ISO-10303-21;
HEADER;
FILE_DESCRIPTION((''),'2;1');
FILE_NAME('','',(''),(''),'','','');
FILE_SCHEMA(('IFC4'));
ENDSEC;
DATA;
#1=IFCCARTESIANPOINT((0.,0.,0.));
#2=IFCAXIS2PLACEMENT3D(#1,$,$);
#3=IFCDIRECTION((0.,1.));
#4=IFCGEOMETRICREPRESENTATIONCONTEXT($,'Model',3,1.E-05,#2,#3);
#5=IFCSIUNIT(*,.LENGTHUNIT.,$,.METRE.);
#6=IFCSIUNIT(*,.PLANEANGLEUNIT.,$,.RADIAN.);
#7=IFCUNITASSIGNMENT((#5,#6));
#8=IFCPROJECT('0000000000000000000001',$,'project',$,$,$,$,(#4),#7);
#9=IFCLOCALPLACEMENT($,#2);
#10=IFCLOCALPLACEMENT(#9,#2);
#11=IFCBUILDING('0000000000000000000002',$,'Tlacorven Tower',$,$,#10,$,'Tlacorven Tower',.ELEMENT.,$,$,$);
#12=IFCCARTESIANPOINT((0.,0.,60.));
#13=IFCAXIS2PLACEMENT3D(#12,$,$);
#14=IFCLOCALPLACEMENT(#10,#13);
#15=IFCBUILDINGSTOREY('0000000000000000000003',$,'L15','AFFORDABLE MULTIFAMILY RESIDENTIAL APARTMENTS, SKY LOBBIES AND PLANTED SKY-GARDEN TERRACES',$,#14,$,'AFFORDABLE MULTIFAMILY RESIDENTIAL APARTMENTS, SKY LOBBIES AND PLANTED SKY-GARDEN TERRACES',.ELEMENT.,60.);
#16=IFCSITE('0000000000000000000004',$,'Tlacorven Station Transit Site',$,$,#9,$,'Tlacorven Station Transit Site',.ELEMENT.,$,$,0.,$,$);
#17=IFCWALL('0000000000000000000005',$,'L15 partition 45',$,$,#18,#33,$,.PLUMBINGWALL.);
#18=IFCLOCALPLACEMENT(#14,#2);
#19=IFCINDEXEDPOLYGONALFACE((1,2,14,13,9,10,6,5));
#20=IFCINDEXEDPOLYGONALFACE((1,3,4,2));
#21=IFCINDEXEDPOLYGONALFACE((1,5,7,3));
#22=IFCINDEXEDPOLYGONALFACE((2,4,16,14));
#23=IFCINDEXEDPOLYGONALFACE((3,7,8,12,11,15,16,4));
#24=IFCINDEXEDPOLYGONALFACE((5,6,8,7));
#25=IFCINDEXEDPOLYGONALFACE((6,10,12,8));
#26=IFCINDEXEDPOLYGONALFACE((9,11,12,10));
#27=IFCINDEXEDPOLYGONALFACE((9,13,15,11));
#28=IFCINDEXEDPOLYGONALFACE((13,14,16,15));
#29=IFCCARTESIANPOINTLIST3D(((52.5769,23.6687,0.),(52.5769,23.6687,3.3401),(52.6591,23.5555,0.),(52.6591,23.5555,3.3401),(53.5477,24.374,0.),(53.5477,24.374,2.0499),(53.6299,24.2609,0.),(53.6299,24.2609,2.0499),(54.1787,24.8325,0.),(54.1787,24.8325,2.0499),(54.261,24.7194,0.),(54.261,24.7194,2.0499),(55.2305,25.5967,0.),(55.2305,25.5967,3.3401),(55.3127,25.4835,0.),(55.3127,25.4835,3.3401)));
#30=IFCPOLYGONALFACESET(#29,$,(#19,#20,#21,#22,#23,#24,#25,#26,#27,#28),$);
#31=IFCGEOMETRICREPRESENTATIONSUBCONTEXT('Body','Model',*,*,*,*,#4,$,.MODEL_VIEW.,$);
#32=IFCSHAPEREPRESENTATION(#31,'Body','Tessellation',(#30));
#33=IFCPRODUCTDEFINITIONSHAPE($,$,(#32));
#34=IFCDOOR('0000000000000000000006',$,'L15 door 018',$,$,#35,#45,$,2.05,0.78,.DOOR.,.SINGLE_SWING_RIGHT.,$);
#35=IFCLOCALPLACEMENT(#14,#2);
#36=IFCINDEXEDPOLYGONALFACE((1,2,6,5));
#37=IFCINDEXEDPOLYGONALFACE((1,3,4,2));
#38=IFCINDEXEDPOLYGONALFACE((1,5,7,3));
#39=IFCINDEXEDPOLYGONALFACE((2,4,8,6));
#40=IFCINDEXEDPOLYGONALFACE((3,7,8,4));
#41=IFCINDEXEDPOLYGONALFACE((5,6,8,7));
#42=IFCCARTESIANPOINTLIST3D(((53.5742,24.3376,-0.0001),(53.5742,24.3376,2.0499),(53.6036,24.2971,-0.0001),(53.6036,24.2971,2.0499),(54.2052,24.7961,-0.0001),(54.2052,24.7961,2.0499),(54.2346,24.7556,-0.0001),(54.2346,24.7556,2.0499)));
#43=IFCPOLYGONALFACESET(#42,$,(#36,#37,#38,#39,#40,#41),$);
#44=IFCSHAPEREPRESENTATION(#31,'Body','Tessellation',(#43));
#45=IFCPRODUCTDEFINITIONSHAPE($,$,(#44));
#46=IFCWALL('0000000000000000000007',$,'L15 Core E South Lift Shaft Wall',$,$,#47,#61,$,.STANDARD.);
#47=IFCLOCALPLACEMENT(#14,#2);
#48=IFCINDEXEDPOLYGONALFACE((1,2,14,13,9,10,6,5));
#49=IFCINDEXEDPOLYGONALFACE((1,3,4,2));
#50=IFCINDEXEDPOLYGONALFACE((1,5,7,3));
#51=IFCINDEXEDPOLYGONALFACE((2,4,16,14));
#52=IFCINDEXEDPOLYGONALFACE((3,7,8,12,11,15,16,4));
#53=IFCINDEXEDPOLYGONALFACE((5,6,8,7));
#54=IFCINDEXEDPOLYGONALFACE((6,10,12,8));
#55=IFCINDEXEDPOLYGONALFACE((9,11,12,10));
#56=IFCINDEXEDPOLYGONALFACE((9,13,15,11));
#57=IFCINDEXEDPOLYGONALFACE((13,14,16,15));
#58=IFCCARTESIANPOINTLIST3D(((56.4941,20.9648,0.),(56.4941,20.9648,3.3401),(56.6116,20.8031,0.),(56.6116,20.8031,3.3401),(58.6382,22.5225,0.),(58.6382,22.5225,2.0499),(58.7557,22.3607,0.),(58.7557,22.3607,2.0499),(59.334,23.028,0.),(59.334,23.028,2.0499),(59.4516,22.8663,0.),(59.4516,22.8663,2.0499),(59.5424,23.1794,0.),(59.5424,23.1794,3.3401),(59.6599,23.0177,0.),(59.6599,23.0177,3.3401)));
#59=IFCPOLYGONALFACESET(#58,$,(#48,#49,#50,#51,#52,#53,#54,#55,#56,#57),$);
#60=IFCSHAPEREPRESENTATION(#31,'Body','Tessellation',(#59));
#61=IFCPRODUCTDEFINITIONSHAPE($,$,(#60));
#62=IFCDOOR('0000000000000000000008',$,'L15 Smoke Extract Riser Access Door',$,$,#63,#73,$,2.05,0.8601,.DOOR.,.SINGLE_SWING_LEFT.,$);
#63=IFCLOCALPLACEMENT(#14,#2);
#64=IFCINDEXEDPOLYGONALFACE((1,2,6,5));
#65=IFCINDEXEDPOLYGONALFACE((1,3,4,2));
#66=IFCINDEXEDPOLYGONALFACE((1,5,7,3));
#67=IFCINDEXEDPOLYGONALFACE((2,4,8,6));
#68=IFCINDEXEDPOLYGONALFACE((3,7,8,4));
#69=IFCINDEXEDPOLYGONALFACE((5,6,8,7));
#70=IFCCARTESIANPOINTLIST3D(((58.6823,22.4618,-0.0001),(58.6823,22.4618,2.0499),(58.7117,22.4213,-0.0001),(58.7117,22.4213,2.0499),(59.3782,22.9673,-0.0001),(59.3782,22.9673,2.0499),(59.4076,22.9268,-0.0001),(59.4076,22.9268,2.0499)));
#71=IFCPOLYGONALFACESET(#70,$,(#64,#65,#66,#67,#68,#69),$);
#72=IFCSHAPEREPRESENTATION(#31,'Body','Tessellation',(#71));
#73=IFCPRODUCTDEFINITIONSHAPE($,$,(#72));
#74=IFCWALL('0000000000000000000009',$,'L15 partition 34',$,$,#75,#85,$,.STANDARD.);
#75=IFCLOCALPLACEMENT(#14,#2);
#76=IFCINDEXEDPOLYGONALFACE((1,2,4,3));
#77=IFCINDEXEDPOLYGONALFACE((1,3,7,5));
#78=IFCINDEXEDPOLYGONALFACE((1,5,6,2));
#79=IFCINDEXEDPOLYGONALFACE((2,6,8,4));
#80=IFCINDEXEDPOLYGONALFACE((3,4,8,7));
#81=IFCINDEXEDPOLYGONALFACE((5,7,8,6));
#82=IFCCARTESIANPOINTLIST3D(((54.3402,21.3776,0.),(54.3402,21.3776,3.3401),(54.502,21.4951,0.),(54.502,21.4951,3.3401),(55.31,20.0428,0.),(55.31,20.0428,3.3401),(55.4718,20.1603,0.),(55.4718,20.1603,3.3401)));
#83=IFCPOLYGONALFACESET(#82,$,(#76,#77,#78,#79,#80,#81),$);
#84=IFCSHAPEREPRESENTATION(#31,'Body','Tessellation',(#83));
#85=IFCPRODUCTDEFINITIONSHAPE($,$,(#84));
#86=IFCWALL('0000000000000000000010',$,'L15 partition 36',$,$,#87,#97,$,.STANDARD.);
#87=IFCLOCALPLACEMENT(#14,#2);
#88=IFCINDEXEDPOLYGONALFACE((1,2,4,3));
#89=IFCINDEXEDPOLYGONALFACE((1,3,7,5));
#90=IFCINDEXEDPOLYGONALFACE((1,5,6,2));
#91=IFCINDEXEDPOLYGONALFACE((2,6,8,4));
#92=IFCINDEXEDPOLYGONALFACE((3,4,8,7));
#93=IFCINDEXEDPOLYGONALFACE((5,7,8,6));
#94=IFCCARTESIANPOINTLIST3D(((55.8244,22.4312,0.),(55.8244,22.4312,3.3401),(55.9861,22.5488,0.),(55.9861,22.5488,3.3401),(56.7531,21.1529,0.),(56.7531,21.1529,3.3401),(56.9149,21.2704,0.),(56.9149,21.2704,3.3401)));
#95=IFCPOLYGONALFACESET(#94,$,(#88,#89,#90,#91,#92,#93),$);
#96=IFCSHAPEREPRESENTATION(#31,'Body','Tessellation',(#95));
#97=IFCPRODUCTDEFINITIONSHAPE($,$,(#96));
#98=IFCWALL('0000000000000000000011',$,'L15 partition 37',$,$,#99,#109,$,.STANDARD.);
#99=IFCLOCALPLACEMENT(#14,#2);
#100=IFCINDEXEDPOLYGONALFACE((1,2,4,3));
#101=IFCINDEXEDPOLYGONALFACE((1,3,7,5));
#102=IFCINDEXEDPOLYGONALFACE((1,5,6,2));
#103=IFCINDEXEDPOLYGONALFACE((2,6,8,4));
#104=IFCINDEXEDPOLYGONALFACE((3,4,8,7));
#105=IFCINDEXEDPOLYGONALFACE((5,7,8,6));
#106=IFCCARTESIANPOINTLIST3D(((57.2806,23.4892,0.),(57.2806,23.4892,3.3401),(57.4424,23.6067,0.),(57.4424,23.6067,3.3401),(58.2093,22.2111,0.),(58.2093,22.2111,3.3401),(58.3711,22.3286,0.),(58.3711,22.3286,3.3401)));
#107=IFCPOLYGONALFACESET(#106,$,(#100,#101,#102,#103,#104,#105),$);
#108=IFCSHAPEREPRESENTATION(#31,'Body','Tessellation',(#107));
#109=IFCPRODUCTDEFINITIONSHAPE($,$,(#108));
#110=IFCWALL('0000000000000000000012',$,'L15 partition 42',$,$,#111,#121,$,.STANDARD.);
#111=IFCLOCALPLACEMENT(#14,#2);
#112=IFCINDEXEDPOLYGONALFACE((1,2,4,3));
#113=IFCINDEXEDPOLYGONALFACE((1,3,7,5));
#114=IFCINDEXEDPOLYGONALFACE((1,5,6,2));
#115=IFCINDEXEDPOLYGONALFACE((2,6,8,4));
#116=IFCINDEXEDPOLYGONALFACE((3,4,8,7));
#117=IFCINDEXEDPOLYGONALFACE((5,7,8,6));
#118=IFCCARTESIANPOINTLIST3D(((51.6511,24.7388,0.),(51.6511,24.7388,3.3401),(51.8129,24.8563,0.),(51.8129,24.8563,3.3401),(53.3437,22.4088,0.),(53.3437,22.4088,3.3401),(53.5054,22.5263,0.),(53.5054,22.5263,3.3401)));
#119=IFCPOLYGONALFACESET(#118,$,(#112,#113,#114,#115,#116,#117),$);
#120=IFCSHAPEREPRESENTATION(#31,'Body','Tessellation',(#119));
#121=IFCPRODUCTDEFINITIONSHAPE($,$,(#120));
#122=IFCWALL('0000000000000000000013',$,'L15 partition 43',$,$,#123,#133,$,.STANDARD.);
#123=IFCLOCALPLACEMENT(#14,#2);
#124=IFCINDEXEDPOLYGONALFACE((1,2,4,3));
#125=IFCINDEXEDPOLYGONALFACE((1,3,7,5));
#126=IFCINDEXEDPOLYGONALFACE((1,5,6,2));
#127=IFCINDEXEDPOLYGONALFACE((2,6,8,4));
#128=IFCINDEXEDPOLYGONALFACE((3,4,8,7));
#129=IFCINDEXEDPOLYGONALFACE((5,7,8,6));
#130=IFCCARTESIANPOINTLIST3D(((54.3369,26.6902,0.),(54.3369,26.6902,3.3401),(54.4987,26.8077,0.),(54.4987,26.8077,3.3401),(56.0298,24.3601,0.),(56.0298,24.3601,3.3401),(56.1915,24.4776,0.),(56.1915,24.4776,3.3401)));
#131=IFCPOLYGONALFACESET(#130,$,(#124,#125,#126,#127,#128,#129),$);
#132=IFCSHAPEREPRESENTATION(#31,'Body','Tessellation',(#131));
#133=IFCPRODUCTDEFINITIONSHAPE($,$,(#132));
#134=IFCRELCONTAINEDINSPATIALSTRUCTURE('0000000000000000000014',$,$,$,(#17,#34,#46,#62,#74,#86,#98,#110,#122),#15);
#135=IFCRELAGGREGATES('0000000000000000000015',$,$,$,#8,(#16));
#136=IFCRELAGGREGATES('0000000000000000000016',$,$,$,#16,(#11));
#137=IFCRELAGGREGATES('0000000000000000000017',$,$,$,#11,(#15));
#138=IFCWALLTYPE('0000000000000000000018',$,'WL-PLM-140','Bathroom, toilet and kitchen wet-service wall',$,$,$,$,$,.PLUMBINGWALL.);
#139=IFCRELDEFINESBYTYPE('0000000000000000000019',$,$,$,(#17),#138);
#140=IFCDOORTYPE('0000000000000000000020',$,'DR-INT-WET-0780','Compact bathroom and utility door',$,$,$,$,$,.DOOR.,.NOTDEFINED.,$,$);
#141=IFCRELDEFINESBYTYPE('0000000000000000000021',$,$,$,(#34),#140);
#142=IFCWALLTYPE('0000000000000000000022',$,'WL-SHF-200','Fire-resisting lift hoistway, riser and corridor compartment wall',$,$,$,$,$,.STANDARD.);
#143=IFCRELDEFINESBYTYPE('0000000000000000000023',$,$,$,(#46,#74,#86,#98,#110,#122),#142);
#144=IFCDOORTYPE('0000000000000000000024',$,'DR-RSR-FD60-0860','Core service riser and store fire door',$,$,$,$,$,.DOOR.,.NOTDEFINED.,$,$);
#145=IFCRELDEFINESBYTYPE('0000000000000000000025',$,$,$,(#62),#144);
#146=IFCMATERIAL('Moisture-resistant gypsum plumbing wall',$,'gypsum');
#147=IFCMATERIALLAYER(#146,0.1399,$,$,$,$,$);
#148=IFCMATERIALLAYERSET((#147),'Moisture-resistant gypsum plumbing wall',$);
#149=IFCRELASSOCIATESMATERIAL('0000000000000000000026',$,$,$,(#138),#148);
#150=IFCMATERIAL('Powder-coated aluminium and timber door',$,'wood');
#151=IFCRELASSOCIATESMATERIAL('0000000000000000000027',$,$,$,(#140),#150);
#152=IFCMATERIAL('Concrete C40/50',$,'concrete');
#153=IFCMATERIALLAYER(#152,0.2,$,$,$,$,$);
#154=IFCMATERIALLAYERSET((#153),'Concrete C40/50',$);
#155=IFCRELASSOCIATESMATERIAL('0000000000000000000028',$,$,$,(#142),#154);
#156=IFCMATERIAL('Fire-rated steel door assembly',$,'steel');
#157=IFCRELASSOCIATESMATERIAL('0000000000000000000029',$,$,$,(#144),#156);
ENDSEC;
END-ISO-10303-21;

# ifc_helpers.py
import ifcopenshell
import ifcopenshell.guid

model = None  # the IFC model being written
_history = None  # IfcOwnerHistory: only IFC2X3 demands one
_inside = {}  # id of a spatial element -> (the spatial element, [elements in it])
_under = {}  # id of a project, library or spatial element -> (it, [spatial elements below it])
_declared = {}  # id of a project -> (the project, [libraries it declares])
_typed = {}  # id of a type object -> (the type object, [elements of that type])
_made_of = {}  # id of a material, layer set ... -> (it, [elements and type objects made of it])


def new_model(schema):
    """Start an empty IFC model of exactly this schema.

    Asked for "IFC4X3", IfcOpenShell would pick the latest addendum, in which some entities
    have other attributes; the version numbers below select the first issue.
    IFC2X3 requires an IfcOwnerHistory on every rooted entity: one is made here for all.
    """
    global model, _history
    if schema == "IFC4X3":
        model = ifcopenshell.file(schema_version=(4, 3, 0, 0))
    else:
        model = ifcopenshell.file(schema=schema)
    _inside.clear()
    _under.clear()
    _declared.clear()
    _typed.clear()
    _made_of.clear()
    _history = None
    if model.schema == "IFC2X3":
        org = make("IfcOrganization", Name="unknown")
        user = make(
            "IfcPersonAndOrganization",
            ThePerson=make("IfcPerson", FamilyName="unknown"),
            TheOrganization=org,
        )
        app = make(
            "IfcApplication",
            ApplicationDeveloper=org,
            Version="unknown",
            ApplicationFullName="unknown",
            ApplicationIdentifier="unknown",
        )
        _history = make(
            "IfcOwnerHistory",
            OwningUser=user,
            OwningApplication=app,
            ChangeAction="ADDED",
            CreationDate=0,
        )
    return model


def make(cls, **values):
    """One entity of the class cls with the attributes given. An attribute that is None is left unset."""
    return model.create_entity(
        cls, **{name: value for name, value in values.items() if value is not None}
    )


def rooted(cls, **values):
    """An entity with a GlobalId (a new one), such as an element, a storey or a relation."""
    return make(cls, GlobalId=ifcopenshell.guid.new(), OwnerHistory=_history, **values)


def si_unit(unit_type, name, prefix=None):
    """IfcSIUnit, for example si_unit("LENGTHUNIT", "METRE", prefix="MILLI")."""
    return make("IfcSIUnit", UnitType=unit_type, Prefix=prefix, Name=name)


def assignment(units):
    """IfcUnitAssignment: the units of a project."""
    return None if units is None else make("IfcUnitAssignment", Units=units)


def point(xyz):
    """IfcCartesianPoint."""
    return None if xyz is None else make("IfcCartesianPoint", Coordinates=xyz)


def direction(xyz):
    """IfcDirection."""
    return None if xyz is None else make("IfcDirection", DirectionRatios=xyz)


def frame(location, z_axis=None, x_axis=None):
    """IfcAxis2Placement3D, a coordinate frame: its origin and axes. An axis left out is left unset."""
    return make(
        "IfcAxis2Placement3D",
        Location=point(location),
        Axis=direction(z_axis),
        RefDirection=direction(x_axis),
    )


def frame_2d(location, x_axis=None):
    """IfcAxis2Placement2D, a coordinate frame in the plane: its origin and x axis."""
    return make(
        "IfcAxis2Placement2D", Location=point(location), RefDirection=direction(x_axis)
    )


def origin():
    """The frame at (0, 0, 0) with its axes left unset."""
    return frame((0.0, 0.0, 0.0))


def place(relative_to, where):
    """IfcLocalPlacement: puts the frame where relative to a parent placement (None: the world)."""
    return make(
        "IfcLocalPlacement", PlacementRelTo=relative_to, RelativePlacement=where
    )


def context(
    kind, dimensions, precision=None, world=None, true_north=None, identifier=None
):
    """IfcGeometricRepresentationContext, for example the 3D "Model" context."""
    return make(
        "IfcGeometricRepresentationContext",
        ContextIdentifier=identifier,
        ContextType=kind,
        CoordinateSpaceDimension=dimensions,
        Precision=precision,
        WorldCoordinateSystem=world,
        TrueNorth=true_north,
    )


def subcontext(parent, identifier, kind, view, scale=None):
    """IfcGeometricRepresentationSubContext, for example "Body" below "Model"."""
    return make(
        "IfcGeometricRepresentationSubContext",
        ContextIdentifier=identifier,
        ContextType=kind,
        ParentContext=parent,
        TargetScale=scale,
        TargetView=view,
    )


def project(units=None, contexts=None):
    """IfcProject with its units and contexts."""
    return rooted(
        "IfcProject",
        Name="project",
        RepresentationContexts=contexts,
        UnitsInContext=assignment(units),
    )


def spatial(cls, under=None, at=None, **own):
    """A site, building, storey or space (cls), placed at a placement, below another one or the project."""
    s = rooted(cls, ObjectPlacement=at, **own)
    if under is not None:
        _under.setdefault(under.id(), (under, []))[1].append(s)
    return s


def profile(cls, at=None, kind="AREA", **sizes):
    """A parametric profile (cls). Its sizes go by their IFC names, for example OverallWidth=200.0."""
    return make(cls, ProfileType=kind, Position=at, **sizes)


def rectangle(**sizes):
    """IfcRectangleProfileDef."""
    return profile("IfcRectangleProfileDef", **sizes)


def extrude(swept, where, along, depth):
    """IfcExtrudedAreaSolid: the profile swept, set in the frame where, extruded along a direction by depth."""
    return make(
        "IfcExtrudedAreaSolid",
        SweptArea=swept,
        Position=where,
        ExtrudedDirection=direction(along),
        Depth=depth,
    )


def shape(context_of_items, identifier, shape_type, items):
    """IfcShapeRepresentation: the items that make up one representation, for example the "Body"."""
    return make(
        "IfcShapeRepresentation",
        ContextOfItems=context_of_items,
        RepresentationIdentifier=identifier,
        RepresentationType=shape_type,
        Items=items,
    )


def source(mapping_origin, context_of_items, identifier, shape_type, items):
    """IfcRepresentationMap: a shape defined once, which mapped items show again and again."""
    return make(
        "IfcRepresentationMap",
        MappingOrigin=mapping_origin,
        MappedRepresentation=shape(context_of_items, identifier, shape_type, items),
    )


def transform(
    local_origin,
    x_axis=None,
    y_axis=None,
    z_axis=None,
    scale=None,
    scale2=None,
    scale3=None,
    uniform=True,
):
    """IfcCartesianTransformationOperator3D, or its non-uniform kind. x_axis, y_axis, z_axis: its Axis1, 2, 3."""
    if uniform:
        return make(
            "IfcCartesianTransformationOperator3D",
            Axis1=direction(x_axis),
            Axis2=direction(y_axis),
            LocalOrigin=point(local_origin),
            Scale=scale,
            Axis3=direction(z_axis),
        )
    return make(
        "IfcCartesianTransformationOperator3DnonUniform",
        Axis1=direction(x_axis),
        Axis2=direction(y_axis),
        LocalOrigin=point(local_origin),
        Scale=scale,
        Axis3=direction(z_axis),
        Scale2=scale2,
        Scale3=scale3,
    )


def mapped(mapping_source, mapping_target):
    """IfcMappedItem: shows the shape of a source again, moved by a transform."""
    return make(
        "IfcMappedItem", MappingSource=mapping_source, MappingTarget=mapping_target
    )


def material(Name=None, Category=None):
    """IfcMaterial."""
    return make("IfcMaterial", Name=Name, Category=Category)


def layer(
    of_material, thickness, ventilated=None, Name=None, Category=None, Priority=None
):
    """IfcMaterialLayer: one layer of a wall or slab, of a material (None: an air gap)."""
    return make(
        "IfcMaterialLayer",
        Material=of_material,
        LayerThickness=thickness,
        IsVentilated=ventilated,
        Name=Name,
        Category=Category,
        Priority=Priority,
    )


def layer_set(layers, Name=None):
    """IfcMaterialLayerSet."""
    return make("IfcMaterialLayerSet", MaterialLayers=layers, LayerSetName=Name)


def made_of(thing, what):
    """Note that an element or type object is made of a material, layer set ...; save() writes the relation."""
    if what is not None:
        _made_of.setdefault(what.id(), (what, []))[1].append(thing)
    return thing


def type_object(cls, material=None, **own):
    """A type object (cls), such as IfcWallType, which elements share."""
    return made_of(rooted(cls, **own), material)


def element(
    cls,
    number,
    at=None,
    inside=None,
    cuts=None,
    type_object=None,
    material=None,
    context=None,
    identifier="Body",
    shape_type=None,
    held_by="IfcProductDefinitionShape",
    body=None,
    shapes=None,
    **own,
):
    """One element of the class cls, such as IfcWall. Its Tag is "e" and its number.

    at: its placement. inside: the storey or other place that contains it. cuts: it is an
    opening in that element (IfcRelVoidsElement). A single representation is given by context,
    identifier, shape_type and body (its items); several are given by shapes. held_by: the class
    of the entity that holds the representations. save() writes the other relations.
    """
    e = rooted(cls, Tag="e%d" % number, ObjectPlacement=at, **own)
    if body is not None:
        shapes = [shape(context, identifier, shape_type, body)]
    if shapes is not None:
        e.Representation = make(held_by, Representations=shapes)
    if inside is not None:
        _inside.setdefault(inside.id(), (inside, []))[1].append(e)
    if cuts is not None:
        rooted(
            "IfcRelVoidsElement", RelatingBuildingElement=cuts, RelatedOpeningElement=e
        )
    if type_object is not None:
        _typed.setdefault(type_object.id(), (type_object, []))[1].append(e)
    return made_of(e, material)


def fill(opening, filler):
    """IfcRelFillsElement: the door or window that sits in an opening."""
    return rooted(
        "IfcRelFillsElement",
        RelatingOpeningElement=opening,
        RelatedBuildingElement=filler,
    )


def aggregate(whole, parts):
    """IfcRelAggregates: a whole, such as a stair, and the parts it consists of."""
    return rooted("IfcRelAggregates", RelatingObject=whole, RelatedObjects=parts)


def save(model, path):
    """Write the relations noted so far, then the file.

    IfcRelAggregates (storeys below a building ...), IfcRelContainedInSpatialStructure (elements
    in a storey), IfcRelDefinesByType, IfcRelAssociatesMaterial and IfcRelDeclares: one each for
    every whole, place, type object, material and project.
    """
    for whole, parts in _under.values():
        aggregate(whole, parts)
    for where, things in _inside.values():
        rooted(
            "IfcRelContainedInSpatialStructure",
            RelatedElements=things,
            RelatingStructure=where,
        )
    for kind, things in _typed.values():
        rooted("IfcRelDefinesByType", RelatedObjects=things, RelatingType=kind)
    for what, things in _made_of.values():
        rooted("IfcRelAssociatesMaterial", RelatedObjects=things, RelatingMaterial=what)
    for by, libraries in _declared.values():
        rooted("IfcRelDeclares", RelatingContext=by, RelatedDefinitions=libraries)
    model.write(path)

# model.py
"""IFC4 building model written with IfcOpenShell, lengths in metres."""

from ifc_helpers import new_model, si_unit, direction, frame, frame_2d, origin, place, context, subcontext, project, spatial, rectangle, extrude, source, transform, mapped, material, layer, layer_set, type_object, element, fill, save


model = new_model("IFC4")

# Units and contexts
model_context = context("Model", 3, precision=1e-05, world=origin(), true_north=direction((0.0, 1.0)))
body_context = subcontext(model_context, "Body", "Model", "MODEL_VIEW")
ifc_project = project(units=[si_unit("LENGTHUNIT", "METRE"), si_unit("PLANEANGLEUNIT", "RADIAN")], contexts=[model_context])

# Site, building, storey
site_placement = place(None, origin())
site = spatial("IfcSite", under=ifc_project, at=site_placement, Name="Tlacorven Station Transit Site", LongName="Tlacorven Station Transit Site", CompositionType="ELEMENT", RefElevation=0.0)
building_placement = place(site_placement, origin())
building = spatial("IfcBuilding", under=site, at=building_placement, Name="Tlacorven Tower", LongName="Tlacorven Tower", CompositionType="ELEMENT")
storey_placement = place(building_placement, frame((0.0, 0.0, 60.0)))
storey = spatial("IfcBuildingStorey", under=building, at=storey_placement, Name="L15", Description="AFFORDABLE MULTIFAMILY RESIDENTIAL APARTMENTS, SKY LOBBIES AND PLANTED SKY-GARDEN TERRACES", LongName="AFFORDABLE MULTIFAMILY RESIDENTIAL APARTMENTS, SKY LOBBIES AND PLANTED SKY-GARDEN TERRACES", CompositionType="ELEMENT", Elevation=60.0)

# Walls, openings, doors
ifc_material_1 = material(Name="Moisture-resistant gypsum plumbing wall", Category="gypsum")
ifc_layer_1 = layer(ifc_material_1, 0.1399)
ifc_layer_set_1 = layer_set([ifc_layer_1], Name="Moisture-resistant gypsum plumbing wall")
wall_type_1 = type_object("IfcWallType", Name="WL-PLM-140", Description="Bathroom, toilet and kitchen wet-service wall", PredefinedType="PLUMBINGWALL", material=ifc_layer_set_1)
wall_1_placement = place(storey_placement, frame((52.6179, 23.6121, 0.0), z_axis=(0.0, 0.0, 1.0), x_axis=(0.80901, 0.587795, 0.0)))
wall_1 = element("IfcWall", 1, at=wall_1_placement, inside=storey, type_object=wall_type_1, Name="L15 partition 45", PredefinedType="PLUMBINGWALL", context=body_context, shape_type="SweptSolid", body=[
    extrude(rectangle(XDim=3.28, YDim=0.1399, at=frame_2d((1.6401, 0.0))), origin(), (0.0, 0.0, 1.0), 3.3401),
])
opening_1_placement = place(wall_1_placement, frame((1.2, 0.0, 0.0)))
opening_1 = element("IfcOpeningElement", 2, at=opening_1_placement, cuts=wall_1, PredefinedType="OPENING", context=body_context, shape_type="SweptSolid", body=[
    extrude(rectangle(XDim=0.78, YDim=2.05, at=frame_2d((0.3901, 1.0249))), frame((0.0, 0.0801, 0.0), z_axis=(0.0, -1.0, 0.0), x_axis=(1.0, 0.0, 0.0)), (0.0, 0.0, 1.0), 0.1599),
])
ifc_material_2 = material(Name="Powder-coated aluminium and timber door", Category="wood")
door_type_1 = type_object("IfcDoorType", Name="DR-INT-WET-0780", Description="Compact bathroom and utility door", OperationType="NOTDEFINED", PredefinedType="DOOR", material=ifc_material_2)
shared_shape_1 = source(origin(), body_context, "Body", "SweptSolid", [
    extrude(rectangle(XDim=0.78, YDim=2.05, at=frame_2d((0.3901, 1.0249))), frame((0.0, 0.0249, 0.0), z_axis=(0.0, -1.0, 0.0), x_axis=(1.0, 0.0, 0.0)), (0.0, 0.0, 1.0), 0.05),
])
door_1_placement = place(opening_1_placement, origin())
door_1 = element("IfcDoor", 3, at=door_1_placement, inside=storey, type_object=door_type_1, Name="L15 door 018", OperationType="SINGLE_SWING_RIGHT", OverallHeight=2.05, OverallWidth=0.78, PredefinedType="DOOR", context=body_context, shape_type="MappedRepresentation", body=[
    mapped(shared_shape_1, transform((0.0, 0.0, 0.0), scale=1.0)),
])
fill(opening_1, door_1)
ifc_material_3 = material(Name="Concrete C40/50", Category="concrete")
ifc_layer_2 = layer(ifc_material_3, 0.2)
ifc_layer_set_2 = layer_set([ifc_layer_2], Name="Concrete C40/50")
wall_type_2 = type_object("IfcWallType", Name="WL-SHF-200", Description="Fire-resisting lift hoistway, riser and corridor compartment wall", PredefinedType="STANDARD", material=ifc_layer_set_2)
wall_2_placement = place(storey_placement, frame((56.553, 20.884, 0.0), z_axis=(0.0, 0.0, 1.0), x_axis=(0.809036, 0.587759, 0.0)))
wall_2 = element("IfcWall", 4, at=wall_2_placement, inside=storey, type_object=wall_type_2, Name="L15 Core E South Lift Shaft Wall", PredefinedType="STANDARD", context=body_context, shape_type="SweptSolid", body=[
    extrude(rectangle(XDim=3.7678, YDim=0.2, at=frame_2d((1.8838, 0.0))), origin(), (0.0, 0.0, 1.0), 3.3401),
])
opening_2_placement = place(wall_2_placement, frame((2.6499, 0.0, 0.0)))
opening_2 = element("IfcOpeningElement", 5, at=opening_2_placement, cuts=wall_2, PredefinedType="OPENING", context=body_context, shape_type="SweptSolid", body=[
    extrude(rectangle(XDim=0.8601, YDim=2.05, at=frame_2d((0.4302, 1.0249))), frame((0.0, 0.1099, 0.0), z_axis=(0.0, -1.0, 0.0), x_axis=(1.0, 0.0, 0.0)), (0.0, 0.0, 1.0), 0.22),
])
ifc_material_4 = material(Name="Fire-rated steel door assembly", Category="steel")
door_type_2 = type_object("IfcDoorType", Name="DR-RSR-FD60-0860", Description="Core service riser and store fire door", OperationType="NOTDEFINED", PredefinedType="DOOR", material=ifc_material_4)
shared_shape_2 = source(origin(), body_context, "Body", "SweptSolid", [
    extrude(rectangle(XDim=0.8601, YDim=2.05, at=frame_2d((0.4302, 1.0249))), frame((0.0, 0.0249, 0.0), z_axis=(0.0, -1.0, 0.0), x_axis=(1.0, 0.0, 0.0)), (0.0, 0.0, 1.0), 0.05),
])
door_2_placement = place(opening_2_placement, origin())
door_2 = element("IfcDoor", 6, at=door_2_placement, inside=storey, type_object=door_type_2, Name="L15 Smoke Extract Riser Access Door", OperationType="SINGLE_SWING_LEFT", OverallHeight=2.05, OverallWidth=0.8601, PredefinedType="DOOR", context=body_context, shape_type="MappedRepresentation", body=[
    mapped(shared_shape_2, transform((0.0, 0.0, 0.0), scale=1.0)),
])
fill(opening_2, door_2)

# Walls
wall_3_placement = place(storey_placement, frame((55.3909, 20.1016, 0.0), z_axis=(0.0, 0.0, 1.0), x_axis=(-0.587784, 0.809018, 0.0)))
element("IfcWall", 7, at=wall_3_placement, inside=storey, type_object=wall_type_2, Name="L15 partition 34", PredefinedType="STANDARD", context=body_context, shape_type="SweptSolid", body=[
    extrude(rectangle(XDim=1.6499, YDim=0.2, at=frame_2d((0.825, 0.0))), origin(), (0.0, 0.0, 1.0), 3.3401),
])
wall_4_placement = place(storey_placement, frame((56.834, 21.2117, 0.0), z_axis=(0.0, 0.0, 1.0), x_axis=(-0.587767, 0.80903, 0.0)))
element("IfcWall", 8, at=wall_4_placement, inside=storey, type_object=wall_type_2, Name="L15 partition 36", PredefinedType="STANDARD", context=body_context, shape_type="SweptSolid", body=[
    extrude(rectangle(XDim=1.5801, YDim=0.2, at=frame_2d((0.79, 0.0))), origin(), (0.0, 0.0, 1.0), 3.3401),
])
wall_5_placement = place(storey_placement, frame((58.2903, 22.2698, 0.0), z_axis=(0.0, 0.0, 1.0), x_axis=(-0.587841, 0.808977, 0.0)))
element("IfcWall", 9, at=wall_5_placement, inside=storey, type_object=wall_type_2, Name="L15 partition 37", PredefinedType="STANDARD", context=body_context, shape_type="SweptSolid", body=[
    extrude(rectangle(XDim=1.5798, YDim=0.2, at=frame_2d((0.79, 0.0))), origin(), (0.0, 0.0, 1.0), 3.3401),
])
wall_6_placement = place(storey_placement, frame((53.4246, 22.4675, 0.0), z_axis=(0.0, 0.0, 1.0), x_axis=(-0.587723, 0.809062, 0.0)))
element("IfcWall", 10, at=wall_6_placement, inside=storey, type_object=wall_type_2, Name="L15 partition 42", PredefinedType="STANDARD", context=body_context, shape_type="SweptSolid", body=[
    extrude(rectangle(XDim=2.8799, YDim=0.2, at=frame_2d((1.4399, 0.0))), origin(), (0.0, 0.0, 1.0), 3.3401),
])
wall_7_placement = place(storey_placement, frame((56.1106, 24.4189, 0.0), z_axis=(0.0, 0.0, 1.0), x_axis=(-0.587778, 0.809022, 0.0)))
element("IfcWall", 11, at=wall_7_placement, inside=storey, type_object=wall_type_2, Name="L15 partition 43", PredefinedType="STANDARD", context=body_context, shape_type="SweptSolid", body=[
    extrude(rectangle(XDim=2.8801, YDim=0.2, at=frame_2d((1.4399, 0.0))), origin(), (0.0, 0.0, 1.0), 3.3401),
])

save(model, "model.ifc")
